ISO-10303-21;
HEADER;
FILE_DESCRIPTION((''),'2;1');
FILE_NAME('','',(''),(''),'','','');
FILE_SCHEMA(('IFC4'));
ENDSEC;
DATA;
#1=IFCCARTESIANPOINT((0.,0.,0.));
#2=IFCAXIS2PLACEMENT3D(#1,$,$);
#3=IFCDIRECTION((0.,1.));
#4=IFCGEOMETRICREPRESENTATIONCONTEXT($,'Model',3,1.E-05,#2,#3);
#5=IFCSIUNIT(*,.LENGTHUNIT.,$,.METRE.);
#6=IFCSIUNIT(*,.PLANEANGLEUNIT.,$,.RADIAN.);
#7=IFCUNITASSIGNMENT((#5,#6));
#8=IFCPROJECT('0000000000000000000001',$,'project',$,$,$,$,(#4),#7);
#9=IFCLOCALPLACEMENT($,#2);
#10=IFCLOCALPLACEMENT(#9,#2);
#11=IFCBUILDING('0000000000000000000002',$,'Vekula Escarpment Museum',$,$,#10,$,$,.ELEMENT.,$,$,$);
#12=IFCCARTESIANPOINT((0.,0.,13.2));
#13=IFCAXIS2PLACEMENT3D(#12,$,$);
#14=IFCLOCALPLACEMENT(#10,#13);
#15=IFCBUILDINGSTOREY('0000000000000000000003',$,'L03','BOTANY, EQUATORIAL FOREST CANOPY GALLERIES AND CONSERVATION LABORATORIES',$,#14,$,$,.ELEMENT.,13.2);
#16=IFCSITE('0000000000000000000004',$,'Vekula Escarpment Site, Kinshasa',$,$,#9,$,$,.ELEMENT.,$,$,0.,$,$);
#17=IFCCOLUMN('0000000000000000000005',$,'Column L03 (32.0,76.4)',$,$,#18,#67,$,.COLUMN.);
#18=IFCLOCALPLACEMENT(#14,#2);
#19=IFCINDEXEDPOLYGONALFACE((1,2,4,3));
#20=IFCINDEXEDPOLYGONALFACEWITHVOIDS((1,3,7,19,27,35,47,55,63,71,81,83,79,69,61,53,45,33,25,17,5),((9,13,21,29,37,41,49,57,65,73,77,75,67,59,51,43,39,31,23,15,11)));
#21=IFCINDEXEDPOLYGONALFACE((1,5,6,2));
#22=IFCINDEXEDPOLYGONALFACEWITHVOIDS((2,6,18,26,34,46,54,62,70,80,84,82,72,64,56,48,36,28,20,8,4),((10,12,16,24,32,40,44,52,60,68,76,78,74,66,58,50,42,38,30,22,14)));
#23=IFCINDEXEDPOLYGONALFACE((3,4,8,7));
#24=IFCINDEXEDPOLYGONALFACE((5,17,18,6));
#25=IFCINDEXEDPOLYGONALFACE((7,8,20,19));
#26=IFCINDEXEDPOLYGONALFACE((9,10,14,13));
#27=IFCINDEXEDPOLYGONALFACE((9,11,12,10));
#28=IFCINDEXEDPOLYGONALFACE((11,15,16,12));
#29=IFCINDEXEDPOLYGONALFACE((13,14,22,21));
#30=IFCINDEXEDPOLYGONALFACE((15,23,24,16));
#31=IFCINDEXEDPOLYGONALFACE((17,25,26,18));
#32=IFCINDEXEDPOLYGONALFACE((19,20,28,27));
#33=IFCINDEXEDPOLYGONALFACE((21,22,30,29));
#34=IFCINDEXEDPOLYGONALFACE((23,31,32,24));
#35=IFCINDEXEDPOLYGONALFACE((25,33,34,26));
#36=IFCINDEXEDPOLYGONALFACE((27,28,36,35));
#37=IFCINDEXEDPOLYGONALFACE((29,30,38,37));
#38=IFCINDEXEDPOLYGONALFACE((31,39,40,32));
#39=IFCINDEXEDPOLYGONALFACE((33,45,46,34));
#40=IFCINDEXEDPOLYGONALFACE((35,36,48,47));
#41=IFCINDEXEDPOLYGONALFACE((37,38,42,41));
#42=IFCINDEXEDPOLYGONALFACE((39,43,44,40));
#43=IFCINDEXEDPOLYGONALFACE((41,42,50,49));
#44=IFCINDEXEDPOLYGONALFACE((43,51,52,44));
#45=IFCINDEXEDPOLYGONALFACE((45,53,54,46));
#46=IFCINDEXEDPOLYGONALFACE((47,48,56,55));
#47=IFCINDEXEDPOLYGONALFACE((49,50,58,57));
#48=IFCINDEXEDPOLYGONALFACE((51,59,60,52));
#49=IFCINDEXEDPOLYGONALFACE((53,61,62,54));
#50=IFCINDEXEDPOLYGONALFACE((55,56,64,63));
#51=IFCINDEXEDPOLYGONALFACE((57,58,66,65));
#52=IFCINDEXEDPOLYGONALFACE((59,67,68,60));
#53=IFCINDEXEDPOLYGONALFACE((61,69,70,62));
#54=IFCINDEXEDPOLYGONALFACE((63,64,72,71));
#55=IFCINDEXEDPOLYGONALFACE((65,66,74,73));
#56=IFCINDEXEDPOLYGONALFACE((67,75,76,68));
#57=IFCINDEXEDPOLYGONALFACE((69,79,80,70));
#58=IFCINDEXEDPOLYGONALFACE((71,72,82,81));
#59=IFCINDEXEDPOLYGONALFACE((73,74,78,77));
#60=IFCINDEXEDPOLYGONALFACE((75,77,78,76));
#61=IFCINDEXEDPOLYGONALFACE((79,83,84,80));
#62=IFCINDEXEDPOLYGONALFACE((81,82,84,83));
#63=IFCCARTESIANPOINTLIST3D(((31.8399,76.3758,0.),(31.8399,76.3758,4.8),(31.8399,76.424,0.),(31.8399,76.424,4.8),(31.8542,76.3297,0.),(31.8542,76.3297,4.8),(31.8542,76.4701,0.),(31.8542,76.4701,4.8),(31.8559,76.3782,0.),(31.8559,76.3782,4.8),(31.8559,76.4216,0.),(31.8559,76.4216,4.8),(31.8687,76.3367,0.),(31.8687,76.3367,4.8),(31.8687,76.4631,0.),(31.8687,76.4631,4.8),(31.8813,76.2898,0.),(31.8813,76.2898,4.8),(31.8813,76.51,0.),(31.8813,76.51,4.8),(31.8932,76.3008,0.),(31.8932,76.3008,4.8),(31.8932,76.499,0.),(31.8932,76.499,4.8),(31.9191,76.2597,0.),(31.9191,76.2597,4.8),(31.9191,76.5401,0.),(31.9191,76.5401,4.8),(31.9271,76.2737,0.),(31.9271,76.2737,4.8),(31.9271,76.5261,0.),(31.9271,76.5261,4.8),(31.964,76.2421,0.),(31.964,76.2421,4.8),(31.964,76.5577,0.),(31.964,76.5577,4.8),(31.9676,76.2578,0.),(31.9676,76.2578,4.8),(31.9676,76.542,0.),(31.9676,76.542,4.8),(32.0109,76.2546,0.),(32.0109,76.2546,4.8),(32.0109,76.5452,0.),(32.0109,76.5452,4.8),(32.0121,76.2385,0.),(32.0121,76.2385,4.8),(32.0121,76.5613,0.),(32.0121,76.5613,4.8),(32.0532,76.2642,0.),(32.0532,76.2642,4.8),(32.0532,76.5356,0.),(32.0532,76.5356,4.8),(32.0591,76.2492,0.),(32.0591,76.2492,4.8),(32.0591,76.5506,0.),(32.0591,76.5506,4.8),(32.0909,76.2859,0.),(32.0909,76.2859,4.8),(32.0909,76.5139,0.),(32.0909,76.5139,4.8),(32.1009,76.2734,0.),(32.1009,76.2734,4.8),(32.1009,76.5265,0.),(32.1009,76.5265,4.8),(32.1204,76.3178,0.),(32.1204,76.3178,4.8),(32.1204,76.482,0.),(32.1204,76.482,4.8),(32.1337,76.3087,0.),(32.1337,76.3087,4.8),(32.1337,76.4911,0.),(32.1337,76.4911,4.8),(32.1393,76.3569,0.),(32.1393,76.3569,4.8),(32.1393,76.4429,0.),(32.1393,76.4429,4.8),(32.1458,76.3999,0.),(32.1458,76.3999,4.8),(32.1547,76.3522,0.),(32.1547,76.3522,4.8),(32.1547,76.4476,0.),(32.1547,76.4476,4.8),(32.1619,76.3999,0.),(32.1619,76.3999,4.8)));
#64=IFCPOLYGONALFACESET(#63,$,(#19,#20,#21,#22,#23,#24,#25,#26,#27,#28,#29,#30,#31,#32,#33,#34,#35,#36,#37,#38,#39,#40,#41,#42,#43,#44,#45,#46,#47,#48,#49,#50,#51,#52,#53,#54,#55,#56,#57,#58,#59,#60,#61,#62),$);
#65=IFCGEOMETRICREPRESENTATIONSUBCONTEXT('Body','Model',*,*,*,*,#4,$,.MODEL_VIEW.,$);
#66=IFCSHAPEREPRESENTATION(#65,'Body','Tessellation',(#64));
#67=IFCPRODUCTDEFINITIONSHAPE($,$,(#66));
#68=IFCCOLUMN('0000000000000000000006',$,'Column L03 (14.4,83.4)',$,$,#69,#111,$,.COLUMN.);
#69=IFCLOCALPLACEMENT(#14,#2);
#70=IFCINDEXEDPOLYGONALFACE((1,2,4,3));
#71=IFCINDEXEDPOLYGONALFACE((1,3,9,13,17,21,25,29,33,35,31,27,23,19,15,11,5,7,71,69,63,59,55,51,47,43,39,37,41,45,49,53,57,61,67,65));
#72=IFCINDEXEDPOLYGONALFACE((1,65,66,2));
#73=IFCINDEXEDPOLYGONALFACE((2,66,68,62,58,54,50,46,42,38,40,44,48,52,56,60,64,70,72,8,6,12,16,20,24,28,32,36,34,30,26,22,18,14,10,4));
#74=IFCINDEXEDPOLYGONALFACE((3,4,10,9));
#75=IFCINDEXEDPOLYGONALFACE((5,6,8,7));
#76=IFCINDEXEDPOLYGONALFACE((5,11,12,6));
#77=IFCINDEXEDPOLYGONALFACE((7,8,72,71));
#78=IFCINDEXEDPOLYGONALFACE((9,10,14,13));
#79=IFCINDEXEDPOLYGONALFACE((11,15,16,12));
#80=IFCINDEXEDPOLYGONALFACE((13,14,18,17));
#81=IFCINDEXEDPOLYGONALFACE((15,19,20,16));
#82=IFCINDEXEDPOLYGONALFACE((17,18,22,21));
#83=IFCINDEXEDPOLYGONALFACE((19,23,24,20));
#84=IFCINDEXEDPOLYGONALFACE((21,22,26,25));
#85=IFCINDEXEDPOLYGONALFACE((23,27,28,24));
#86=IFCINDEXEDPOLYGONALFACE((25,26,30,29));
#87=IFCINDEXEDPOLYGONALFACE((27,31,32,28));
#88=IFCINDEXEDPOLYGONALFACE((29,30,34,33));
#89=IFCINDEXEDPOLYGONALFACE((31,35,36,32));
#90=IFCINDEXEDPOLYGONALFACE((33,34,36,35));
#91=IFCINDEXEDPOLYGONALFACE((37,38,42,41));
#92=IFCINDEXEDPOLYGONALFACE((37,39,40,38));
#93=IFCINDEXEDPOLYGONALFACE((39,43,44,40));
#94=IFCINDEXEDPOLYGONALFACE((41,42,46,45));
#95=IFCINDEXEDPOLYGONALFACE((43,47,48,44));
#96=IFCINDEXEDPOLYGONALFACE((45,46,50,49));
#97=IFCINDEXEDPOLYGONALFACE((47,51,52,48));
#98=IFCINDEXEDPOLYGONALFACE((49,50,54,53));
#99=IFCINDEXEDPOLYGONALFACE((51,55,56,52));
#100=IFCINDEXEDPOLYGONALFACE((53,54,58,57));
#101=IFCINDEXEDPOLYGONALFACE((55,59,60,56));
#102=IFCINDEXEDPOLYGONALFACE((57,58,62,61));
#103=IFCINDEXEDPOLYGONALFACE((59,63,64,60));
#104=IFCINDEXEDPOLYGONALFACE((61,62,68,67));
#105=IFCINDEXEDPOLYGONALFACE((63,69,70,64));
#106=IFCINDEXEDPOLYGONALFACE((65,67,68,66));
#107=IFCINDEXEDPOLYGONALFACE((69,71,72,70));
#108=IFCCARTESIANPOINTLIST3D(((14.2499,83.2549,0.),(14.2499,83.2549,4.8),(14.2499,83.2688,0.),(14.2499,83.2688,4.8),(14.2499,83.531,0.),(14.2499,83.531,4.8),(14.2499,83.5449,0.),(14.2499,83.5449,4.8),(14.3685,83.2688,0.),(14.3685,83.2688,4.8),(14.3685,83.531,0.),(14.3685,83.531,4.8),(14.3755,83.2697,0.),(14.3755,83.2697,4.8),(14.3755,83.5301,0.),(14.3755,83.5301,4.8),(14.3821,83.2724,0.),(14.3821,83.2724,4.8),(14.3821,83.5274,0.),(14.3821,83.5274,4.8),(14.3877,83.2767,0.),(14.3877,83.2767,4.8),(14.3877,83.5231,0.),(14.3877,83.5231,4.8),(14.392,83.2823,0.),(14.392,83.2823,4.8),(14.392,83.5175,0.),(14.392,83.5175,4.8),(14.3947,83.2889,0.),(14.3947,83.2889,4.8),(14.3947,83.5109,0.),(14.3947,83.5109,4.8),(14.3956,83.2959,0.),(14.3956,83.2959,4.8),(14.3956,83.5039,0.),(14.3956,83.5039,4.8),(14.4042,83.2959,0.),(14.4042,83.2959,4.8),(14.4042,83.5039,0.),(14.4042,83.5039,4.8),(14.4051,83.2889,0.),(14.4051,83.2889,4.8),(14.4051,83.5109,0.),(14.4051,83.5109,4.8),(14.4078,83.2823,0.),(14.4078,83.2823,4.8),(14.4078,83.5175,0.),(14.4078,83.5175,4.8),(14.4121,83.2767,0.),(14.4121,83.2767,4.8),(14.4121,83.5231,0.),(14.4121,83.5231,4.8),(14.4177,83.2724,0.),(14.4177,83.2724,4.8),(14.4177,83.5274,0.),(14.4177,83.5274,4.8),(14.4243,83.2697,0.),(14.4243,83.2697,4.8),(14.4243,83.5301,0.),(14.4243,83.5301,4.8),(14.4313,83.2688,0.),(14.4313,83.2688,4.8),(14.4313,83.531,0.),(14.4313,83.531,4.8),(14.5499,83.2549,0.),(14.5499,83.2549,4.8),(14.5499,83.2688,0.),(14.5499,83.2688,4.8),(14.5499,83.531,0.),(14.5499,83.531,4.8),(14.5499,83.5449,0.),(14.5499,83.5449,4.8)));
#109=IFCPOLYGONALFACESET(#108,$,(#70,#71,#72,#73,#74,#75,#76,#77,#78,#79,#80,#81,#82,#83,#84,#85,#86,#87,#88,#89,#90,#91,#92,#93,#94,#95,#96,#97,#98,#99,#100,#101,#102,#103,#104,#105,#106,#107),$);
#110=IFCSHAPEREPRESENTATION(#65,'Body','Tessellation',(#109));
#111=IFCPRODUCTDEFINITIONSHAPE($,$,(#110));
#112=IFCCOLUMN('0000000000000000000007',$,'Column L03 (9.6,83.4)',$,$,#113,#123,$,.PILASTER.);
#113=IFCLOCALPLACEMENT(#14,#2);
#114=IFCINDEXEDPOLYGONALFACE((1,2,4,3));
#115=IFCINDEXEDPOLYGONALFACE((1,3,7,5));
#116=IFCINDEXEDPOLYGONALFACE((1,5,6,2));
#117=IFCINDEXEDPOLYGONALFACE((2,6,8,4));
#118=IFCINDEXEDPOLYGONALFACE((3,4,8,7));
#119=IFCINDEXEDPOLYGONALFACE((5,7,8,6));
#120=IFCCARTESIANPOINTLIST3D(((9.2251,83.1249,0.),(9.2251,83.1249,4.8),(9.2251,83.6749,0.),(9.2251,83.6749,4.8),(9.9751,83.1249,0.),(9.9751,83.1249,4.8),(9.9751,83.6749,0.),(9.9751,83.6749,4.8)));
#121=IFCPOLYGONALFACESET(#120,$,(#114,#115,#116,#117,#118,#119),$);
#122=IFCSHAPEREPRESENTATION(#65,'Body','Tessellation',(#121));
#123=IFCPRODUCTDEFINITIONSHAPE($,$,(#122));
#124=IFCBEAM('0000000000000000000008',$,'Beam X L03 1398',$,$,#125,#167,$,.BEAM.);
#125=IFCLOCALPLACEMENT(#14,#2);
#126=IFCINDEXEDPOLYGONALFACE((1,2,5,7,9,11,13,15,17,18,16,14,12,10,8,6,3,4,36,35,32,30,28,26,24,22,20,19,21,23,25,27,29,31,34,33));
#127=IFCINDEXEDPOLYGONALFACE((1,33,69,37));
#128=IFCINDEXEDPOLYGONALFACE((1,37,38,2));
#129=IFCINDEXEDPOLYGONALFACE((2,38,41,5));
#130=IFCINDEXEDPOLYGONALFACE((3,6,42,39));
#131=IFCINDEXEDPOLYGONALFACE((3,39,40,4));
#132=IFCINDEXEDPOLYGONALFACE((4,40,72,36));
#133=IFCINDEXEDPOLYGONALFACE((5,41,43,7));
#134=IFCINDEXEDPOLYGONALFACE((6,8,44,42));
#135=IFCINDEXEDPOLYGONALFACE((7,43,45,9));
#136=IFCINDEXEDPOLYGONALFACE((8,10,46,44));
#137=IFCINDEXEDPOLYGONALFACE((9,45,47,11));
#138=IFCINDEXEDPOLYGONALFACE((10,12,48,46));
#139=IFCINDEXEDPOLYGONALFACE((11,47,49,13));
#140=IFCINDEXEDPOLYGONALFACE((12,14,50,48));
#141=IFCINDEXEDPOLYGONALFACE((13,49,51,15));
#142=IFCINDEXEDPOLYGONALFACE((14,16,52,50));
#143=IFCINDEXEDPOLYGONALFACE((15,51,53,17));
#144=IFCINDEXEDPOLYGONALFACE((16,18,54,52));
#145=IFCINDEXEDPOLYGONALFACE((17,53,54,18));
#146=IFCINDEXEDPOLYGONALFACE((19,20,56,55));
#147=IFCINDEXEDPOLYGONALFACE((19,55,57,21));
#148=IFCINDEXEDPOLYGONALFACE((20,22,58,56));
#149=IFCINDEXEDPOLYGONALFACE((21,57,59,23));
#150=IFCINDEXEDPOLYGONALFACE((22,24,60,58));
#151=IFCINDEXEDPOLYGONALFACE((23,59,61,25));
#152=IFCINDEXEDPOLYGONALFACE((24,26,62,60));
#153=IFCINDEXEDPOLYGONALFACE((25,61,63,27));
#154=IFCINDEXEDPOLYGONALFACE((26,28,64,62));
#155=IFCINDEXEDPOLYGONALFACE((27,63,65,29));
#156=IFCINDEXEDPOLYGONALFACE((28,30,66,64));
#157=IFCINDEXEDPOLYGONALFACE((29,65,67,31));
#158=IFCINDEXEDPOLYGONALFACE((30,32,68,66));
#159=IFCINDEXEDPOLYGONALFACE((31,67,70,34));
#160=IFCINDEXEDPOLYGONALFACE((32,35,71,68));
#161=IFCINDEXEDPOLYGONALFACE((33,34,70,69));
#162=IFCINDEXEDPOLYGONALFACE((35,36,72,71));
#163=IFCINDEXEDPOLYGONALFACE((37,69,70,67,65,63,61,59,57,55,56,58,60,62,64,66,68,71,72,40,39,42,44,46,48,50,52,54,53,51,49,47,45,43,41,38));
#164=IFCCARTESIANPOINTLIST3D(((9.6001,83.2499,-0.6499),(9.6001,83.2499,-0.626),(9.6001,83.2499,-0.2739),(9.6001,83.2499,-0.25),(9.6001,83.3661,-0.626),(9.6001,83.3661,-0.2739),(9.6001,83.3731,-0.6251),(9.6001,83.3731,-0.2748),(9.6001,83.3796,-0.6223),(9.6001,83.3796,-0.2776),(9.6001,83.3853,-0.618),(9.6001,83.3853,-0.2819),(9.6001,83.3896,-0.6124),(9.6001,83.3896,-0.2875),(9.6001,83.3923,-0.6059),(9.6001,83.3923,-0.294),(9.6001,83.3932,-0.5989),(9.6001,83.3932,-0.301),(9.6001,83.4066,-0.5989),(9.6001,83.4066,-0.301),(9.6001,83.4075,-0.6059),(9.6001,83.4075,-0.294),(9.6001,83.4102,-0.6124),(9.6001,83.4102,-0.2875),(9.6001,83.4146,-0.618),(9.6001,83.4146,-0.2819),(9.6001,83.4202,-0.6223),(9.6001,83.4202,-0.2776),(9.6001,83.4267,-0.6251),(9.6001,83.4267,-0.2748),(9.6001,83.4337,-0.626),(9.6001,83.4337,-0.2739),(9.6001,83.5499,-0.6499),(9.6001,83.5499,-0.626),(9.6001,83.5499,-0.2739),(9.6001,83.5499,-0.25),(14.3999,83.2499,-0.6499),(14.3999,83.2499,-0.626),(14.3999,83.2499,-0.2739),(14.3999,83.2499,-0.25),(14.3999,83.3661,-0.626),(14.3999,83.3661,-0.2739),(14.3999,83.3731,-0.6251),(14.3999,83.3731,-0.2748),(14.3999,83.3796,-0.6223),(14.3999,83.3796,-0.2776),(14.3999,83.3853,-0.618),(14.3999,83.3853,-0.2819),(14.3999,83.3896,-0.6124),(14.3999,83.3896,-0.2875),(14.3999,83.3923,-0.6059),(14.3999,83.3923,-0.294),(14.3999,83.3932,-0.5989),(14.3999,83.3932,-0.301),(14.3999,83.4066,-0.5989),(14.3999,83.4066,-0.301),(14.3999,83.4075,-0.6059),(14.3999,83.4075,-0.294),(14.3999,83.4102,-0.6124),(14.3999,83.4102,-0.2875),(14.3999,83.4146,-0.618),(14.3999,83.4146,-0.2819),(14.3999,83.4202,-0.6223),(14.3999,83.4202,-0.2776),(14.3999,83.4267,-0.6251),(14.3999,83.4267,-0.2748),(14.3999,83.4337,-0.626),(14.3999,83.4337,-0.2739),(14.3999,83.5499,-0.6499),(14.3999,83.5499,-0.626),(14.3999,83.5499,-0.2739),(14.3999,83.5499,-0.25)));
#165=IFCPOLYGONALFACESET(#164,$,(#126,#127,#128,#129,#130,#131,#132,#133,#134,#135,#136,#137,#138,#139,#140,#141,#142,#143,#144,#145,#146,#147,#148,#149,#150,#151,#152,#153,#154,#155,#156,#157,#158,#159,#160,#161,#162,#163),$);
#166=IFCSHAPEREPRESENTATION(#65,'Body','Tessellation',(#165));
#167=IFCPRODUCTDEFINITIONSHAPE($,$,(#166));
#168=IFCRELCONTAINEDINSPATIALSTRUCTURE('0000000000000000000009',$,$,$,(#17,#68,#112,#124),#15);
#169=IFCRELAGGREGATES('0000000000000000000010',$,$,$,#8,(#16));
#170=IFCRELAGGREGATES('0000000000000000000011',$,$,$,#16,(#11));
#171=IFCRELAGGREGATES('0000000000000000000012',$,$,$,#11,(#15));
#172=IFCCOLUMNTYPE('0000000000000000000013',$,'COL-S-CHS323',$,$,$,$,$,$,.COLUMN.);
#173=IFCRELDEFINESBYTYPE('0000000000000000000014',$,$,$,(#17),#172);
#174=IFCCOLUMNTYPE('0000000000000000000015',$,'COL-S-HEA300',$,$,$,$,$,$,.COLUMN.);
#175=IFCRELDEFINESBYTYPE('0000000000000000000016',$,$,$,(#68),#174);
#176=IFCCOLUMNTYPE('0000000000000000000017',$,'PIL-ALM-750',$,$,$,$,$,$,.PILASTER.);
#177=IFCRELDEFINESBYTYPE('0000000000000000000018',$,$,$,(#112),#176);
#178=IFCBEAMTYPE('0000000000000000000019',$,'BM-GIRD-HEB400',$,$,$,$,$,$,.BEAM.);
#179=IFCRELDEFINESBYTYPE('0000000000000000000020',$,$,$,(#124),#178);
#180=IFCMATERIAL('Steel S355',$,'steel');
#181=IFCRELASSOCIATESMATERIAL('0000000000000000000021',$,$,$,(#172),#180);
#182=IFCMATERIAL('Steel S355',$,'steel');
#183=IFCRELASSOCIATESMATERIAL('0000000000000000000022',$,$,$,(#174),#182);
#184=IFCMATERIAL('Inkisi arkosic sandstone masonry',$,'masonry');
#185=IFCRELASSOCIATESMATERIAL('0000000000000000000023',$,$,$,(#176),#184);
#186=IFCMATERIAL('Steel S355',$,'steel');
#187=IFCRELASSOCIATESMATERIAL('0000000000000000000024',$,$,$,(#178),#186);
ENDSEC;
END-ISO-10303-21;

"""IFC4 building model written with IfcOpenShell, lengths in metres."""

from ifc_helpers import new_model, si_unit, direction, frame, origin, origin_2d, place, context, subcontext, project, spatial, rectangle, hollow_circle, i_section, extrude, material, material_profile, profile_set, type_object, element, save


model = new_model("IFC4")

# Units and contexts
model_context = context("Model", 3, precision=1e-05, world=origin(), true_north=direction((0.0, 1.0)))
body_context = subcontext(model_context, "Body", "Model", "MODEL_VIEW")
ifc_project = project(units=[si_unit("LENGTHUNIT", "METRE"), si_unit("PLANEANGLEUNIT", "RADIAN")], contexts=[model_context])

# Site, building, storey
site_placement = place(None, origin())
site = spatial("IfcSite", under=ifc_project, at=site_placement, Name="Vekula Escarpment Site, Kinshasa", CompositionType="ELEMENT", RefElevation=0.0)
building_placement = place(site_placement, origin())
building = spatial("IfcBuilding", under=site, at=building_placement, Name="Vekula Escarpment Museum", CompositionType="ELEMENT")
storey_placement = place(building_placement, frame((0.0, 0.0, 13.2)))
storey = spatial("IfcBuildingStorey", under=building, at=storey_placement, Name="L03", Description="BOTANY, EQUATORIAL FOREST CANOPY GALLERIES AND CONSERVATION LABORATORIES", CompositionType="ELEMENT", Elevation=13.2)

# Columns
ifc_material_1 = material(Name="Steel S355", Category="steel")
ifc_material_profile_1 = material_profile(ifc_material_1, hollow_circle(Radius=0.1619, WallThickness=0.0161, at=origin_2d()), Name="CHS 323.9x16")
ifc_profile_set_1 = profile_set([ifc_material_profile_1], Name="Steel S355")
column_type_1 = type_object("IfcColumnType", Name="COL-S-CHS323", PredefinedType="COLUMN", material=ifc_profile_set_1)
column_1_placement = place(storey_placement, frame((32.0, 76.3999, 0.0), z_axis=(0.0, 0.0, 1.0), x_axis=(1.0, 0.0, 0.0)))
element("IfcColumn", 1, at=column_1_placement, inside=storey, type_object=column_type_1, Name="Column L03 (32.0,76.4)", PredefinedType="COLUMN", context=body_context, shape_type="SweptSolid", body=[
    extrude(hollow_circle(Radius=0.1619, WallThickness=0.0161, at=origin_2d()), origin(), (0.0, 0.0, 1.0), 4.8),
])
ifc_material_2 = material(Name="Steel S355", Category="steel")
ifc_material_profile_2 = material_profile(ifc_material_2, i_section(OverallWidth=0.3, OverallDepth=0.29, WebThickness=0.0085, FlangeThickness=0.0139, FilletRadius=0.0271, at=origin_2d()), Name="HEA 300")
ifc_profile_set_2 = profile_set([ifc_material_profile_2], Name="Steel S355")
column_type_2 = type_object("IfcColumnType", Name="COL-S-HEA300", PredefinedType="COLUMN", material=ifc_profile_set_2)
column_2_placement = place(storey_placement, frame((14.3999, 83.3999, 0.0), z_axis=(0.0, 0.0, 1.0), x_axis=(1.0, 0.0, 0.0)))
element("IfcColumn", 2, at=column_2_placement, inside=storey, type_object=column_type_2, Name="Column L03 (14.4,83.4)", PredefinedType="COLUMN", context=body_context, shape_type="SweptSolid", body=[
    extrude(i_section(OverallWidth=0.3, OverallDepth=0.29, WebThickness=0.0085, FlangeThickness=0.0139, FilletRadius=0.0271, at=origin_2d()), origin(), (0.0, 0.0, 1.0), 4.8),
])
ifc_material_3 = material(Name="Inkisi arkosic sandstone masonry", Category="masonry")
ifc_material_profile_3 = material_profile(ifc_material_3, rectangle(XDim=0.75, YDim=0.55, at=origin_2d()), Name="PIER 750x550")
ifc_profile_set_3 = profile_set([ifc_material_profile_3], Name="Inkisi arkosic sandstone masonry")
column_type_3 = type_object("IfcColumnType", Name="PIL-ALM-750", PredefinedType="PILASTER", material=ifc_profile_set_3)
column_3_placement = place(storey_placement, frame((9.6001, 83.3999, 0.0), z_axis=(0.0, 0.0, 1.0), x_axis=(1.0, 0.0, 0.0)))
element("IfcColumn", 3, at=column_3_placement, inside=storey, type_object=column_type_3, Name="Column L03 (9.6,83.4)", PredefinedType="PILASTER", context=body_context, shape_type="SweptSolid", body=[
    extrude(rectangle(XDim=0.75, YDim=0.55, at=origin_2d()), origin(), (0.0, 0.0, 1.0), 4.8),
])

# Beam
ifc_material_4 = material(Name="Steel S355", Category="steel")
ifc_material_profile_4 = material_profile(ifc_material_4, i_section(OverallWidth=0.3, OverallDepth=0.3999, WebThickness=0.0134, FlangeThickness=0.0239, FilletRadius=0.0271, at=origin_2d()), Name="HEB 400")
ifc_profile_set_4 = profile_set([ifc_material_profile_4], Name="Steel S355")
beam_type_1 = type_object("IfcBeamType", Name="BM-GIRD-HEB400", PredefinedType="BEAM", material=ifc_profile_set_4)
beam_1_placement = place(storey_placement, frame((9.6001, 83.3999, -0.45), z_axis=(1.0, 0.0, 0.0), x_axis=(0.0, 1.0, 0.0)))
element("IfcBeam", 4, at=beam_1_placement, inside=storey, type_object=beam_type_1, Name="Beam X L03 1398", PredefinedType="BEAM", context=body_context, shape_type="SweptSolid", body=[
    extrude(i_section(OverallWidth=0.3, OverallDepth=0.3999, WebThickness=0.0134, FlangeThickness=0.0239, FilletRadius=0.0271, at=origin_2d()), origin(), (0.0, 0.0, 1.0), 4.7998),
])

save(model, "model.ifc")
